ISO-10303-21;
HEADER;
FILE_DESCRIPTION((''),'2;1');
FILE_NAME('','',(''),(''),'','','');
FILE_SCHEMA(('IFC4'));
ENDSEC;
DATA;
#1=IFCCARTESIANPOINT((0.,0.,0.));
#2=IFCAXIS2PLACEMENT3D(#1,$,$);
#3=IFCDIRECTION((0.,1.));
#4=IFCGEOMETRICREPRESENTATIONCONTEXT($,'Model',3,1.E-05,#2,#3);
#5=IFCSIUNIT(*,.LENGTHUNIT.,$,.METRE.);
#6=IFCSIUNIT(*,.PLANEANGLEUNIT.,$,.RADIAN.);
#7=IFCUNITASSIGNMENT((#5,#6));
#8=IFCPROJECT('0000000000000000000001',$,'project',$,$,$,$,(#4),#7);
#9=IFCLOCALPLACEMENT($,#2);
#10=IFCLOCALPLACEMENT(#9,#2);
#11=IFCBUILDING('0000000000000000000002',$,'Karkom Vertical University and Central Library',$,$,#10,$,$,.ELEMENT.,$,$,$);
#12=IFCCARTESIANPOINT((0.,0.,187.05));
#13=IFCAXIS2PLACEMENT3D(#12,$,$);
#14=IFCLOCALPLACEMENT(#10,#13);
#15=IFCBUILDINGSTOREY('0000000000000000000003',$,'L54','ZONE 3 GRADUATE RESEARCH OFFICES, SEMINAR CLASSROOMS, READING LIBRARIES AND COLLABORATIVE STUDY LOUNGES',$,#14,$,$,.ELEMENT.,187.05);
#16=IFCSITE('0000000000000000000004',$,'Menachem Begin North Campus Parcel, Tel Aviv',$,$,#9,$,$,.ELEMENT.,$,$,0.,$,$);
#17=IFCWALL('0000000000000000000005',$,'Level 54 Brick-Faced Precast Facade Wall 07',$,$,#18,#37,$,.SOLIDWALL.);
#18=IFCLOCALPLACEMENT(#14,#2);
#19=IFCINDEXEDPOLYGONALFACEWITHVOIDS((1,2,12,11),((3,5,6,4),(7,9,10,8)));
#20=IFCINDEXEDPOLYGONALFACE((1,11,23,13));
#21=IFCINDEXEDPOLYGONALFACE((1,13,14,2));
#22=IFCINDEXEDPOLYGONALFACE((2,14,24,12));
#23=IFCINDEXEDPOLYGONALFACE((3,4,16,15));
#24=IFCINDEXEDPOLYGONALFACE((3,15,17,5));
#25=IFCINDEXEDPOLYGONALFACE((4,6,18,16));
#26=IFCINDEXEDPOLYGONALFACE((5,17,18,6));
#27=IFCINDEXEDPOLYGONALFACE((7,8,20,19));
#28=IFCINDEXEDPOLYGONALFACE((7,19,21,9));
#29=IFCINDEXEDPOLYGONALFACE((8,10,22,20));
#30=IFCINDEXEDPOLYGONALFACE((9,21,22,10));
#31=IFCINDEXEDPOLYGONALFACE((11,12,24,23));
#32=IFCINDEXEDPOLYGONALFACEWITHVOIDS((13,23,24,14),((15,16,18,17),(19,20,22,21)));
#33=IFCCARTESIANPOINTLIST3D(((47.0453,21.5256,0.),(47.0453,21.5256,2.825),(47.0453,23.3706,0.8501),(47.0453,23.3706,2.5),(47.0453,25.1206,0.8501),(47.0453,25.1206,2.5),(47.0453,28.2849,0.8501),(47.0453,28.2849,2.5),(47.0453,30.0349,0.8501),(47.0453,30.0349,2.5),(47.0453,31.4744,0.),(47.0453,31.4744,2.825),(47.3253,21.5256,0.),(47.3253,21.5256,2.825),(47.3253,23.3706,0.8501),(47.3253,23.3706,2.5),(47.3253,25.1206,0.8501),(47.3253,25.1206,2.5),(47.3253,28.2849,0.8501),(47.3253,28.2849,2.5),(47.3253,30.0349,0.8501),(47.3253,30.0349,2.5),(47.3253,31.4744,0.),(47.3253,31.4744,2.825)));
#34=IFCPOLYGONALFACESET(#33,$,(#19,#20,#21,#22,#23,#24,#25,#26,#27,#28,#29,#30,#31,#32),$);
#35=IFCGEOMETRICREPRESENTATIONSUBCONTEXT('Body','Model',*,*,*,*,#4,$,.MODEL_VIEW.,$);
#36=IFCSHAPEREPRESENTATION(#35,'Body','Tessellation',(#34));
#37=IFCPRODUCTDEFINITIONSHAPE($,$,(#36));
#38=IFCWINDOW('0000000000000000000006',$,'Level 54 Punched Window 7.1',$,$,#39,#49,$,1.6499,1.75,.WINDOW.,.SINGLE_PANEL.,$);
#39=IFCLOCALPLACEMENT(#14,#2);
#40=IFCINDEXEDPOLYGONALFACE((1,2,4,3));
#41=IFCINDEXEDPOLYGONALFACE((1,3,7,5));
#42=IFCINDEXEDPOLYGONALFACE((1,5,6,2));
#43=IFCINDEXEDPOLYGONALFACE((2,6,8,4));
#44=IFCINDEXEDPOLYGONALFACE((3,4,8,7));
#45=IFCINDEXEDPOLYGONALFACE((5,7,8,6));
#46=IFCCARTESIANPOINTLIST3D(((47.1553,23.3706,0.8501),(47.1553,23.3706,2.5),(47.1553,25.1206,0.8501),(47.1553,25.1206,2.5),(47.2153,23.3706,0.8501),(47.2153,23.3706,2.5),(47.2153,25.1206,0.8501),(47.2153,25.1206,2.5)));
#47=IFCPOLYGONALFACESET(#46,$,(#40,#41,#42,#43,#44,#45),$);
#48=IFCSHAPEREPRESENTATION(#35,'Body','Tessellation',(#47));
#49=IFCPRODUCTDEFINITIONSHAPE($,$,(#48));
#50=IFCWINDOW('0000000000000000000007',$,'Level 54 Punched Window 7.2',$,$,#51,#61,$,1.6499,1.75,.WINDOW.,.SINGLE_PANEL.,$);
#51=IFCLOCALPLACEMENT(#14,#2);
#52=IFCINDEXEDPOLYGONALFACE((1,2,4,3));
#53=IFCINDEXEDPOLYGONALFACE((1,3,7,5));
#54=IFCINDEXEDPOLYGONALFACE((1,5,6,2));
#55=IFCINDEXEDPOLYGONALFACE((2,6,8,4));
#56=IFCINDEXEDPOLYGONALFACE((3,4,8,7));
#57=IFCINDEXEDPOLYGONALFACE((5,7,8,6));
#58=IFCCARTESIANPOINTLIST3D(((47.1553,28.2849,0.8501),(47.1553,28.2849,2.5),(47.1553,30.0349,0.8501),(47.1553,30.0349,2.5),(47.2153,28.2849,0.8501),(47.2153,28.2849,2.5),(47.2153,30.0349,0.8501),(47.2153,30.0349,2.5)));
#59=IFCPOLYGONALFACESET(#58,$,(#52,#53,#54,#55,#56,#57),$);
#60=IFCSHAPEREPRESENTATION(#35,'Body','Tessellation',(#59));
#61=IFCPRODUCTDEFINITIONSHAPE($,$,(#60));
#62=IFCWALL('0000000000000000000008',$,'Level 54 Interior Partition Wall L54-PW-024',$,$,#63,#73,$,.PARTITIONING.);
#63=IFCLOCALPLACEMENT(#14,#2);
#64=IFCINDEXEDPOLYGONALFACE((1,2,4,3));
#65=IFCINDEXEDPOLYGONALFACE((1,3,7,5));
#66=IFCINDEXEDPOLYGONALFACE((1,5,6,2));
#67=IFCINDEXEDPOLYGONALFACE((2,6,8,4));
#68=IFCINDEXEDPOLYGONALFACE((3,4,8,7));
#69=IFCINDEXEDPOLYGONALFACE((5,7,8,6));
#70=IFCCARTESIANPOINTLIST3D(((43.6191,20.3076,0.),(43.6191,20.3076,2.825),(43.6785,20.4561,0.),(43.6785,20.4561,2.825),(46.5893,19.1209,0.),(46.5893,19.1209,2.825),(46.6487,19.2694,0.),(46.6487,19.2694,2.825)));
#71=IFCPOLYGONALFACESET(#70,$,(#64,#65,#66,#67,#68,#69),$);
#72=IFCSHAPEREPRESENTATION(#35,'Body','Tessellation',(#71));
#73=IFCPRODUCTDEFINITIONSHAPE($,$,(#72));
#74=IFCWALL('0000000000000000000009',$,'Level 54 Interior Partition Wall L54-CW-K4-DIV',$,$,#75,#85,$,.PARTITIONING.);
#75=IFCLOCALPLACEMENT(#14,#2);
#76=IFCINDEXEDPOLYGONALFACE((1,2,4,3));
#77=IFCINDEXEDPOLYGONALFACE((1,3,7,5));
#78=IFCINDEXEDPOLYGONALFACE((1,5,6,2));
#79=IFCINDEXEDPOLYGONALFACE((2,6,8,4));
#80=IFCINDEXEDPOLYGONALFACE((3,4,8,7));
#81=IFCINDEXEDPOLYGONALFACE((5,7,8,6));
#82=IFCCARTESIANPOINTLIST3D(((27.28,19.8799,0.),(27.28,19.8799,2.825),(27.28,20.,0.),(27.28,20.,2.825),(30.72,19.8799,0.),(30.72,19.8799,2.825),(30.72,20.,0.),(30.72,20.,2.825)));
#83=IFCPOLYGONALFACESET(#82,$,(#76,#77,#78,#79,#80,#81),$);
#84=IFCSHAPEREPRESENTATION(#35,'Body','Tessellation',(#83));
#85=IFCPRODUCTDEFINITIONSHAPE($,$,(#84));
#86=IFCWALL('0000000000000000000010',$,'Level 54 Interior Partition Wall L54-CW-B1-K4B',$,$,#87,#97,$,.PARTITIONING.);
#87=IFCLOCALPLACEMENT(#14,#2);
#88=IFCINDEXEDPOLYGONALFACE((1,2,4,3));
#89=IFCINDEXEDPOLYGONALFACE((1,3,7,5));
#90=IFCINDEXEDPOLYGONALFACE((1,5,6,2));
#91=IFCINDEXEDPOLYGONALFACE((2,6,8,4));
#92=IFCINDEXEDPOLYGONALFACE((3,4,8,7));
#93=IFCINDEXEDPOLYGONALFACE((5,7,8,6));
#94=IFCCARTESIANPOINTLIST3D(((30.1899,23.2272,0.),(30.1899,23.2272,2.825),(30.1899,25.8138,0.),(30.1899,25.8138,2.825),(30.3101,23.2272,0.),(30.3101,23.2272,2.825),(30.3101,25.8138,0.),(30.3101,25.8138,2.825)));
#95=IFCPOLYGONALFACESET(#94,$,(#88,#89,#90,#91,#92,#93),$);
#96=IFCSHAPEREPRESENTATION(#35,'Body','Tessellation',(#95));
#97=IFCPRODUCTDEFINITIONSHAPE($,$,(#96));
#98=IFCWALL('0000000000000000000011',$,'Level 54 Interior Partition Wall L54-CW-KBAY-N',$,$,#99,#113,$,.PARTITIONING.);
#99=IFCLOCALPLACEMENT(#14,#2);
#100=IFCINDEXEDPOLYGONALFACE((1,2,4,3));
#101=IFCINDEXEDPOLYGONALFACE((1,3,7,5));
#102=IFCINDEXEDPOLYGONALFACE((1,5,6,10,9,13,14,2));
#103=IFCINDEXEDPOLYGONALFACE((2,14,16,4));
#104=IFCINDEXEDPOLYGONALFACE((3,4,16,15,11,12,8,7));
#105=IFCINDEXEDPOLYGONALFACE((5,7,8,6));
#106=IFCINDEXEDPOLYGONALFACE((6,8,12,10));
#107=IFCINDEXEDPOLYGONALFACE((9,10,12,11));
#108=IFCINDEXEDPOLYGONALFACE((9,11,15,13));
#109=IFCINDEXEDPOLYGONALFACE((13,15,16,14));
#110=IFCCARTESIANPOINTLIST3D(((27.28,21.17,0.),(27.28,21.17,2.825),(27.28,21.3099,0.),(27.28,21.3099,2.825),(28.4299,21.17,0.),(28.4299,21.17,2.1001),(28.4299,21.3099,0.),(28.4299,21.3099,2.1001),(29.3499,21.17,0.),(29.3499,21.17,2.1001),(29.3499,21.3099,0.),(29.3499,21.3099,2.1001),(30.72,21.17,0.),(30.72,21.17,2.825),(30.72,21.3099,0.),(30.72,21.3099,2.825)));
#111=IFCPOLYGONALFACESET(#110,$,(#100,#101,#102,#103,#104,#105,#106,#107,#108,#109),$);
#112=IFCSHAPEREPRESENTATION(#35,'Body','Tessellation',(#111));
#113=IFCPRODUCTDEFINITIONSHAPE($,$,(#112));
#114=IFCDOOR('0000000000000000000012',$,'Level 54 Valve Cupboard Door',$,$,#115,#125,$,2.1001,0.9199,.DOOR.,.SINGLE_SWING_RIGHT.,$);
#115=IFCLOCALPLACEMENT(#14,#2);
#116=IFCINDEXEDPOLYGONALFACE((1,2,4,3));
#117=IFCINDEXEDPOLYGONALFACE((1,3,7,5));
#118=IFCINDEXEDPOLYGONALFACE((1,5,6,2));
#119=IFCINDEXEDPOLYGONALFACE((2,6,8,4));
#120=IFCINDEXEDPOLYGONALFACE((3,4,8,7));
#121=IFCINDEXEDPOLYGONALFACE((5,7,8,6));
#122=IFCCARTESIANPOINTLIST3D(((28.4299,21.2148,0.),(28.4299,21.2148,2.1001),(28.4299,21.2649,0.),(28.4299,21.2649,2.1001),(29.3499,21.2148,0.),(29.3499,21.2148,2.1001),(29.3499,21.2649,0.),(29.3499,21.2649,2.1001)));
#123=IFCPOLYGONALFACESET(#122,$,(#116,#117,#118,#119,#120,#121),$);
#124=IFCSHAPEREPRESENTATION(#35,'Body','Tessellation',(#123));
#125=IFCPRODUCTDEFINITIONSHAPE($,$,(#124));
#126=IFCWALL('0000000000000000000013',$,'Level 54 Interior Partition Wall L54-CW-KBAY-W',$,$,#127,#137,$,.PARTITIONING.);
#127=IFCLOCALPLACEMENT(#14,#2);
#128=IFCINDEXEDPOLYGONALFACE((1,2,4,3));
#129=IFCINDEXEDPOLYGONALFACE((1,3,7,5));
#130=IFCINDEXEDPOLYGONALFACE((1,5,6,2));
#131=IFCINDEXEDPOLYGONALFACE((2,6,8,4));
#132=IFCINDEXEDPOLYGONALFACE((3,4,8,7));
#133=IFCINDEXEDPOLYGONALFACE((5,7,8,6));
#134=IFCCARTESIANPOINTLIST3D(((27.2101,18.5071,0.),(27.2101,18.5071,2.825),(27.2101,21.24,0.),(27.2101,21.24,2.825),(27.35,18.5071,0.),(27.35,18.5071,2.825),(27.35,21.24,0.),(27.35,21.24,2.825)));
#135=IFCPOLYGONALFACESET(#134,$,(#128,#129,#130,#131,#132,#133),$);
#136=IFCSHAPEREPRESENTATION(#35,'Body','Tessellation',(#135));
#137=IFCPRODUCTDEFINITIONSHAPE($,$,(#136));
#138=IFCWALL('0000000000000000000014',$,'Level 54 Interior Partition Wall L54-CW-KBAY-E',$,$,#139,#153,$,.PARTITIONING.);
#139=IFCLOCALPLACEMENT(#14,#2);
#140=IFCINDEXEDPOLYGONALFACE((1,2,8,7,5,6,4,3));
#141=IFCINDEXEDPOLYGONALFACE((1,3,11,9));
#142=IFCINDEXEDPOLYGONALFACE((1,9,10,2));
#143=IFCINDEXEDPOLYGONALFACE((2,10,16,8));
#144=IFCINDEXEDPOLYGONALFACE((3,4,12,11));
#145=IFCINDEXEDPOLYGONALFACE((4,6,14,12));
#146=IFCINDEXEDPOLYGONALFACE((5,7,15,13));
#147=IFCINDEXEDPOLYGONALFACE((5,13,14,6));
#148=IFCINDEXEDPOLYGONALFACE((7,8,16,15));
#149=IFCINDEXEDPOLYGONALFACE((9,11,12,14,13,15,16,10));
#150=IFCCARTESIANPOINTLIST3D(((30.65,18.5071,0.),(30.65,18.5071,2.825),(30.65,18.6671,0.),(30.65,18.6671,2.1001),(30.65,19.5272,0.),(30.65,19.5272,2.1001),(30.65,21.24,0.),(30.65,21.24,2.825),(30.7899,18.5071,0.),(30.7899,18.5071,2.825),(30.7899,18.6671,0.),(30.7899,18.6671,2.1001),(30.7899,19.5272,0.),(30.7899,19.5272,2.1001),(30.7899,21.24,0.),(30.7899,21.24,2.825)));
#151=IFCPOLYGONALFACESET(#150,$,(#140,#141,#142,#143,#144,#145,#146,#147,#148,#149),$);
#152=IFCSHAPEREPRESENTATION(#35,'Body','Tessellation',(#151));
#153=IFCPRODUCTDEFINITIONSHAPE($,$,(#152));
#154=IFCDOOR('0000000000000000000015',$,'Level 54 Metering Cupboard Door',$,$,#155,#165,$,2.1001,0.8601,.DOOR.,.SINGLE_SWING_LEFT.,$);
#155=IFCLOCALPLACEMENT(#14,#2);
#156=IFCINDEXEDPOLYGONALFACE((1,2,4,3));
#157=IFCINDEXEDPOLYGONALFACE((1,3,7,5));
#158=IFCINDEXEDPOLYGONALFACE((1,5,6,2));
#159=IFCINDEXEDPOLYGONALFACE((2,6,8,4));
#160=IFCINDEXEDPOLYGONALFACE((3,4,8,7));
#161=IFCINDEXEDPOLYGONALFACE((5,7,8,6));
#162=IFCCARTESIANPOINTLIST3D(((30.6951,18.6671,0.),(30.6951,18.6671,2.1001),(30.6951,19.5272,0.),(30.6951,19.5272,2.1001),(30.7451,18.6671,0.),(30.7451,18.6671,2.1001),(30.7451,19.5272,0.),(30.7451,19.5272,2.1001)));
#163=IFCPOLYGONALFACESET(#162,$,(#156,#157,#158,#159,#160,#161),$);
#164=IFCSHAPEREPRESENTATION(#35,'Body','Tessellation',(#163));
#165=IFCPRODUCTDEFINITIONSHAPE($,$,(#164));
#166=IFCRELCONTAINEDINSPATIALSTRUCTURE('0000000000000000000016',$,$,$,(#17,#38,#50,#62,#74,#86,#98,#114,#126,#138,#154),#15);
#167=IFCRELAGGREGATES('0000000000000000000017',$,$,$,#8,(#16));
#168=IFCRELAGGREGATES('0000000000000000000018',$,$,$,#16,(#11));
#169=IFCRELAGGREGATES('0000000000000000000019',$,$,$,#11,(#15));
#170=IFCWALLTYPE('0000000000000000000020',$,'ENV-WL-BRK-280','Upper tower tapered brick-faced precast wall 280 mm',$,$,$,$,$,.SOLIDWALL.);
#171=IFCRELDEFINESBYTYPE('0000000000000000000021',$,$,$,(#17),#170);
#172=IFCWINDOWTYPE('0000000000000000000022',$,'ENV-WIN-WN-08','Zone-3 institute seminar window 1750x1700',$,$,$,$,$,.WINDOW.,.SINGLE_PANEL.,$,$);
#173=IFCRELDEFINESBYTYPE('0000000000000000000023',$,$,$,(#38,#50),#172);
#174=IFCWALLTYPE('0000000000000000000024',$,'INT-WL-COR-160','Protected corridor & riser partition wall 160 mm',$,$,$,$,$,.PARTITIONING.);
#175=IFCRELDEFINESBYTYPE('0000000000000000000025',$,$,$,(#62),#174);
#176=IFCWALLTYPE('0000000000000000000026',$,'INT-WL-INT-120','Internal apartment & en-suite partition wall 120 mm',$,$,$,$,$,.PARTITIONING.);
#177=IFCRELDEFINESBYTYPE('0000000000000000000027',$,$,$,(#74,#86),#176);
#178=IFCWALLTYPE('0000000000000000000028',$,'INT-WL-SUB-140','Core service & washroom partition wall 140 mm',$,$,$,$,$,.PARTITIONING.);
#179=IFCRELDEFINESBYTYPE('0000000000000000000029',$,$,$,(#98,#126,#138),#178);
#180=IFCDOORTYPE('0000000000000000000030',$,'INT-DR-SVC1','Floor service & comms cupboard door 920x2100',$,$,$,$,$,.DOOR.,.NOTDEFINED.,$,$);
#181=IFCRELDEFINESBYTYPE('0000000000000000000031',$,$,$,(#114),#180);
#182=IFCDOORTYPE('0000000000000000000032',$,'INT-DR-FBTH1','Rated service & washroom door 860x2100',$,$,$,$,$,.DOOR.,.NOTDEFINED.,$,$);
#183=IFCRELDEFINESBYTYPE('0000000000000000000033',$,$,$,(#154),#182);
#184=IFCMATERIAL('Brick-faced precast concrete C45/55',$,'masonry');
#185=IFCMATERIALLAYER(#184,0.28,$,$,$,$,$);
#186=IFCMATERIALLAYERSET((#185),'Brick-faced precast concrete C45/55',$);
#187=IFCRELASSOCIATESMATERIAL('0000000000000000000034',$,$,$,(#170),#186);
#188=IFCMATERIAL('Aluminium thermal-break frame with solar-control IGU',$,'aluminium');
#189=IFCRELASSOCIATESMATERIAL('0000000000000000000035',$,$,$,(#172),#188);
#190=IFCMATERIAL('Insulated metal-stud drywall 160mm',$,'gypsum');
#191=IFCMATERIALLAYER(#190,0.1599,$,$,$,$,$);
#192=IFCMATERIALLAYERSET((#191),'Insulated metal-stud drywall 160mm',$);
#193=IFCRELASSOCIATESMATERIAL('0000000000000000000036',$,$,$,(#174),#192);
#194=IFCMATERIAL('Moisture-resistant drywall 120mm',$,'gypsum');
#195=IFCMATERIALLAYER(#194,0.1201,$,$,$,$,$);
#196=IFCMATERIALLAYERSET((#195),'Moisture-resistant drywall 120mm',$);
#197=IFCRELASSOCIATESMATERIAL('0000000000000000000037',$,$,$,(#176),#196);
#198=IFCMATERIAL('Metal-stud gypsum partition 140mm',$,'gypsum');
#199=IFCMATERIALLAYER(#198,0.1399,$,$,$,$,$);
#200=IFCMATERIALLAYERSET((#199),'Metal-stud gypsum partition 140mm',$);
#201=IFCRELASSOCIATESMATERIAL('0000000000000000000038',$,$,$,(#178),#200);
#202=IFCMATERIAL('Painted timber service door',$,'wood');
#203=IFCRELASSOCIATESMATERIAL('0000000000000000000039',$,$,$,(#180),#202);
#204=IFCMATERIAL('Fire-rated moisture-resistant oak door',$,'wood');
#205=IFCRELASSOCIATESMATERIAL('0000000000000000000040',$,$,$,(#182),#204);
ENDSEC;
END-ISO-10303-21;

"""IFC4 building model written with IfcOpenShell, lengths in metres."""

from ifc_helpers import new_model, si_unit, direction, frame, frame_2d, origin, origin_with_axes, place, context, subcontext, project, spatial, rectangle, extrude, source, transform, mapped, material, layer, layer_set, type_object, element, fill, save


model = new_model("IFC4")

# Units and contexts
model_context = context("Model", 3, precision=1e-05, world=origin(), true_north=direction((0.0, 1.0)))
body_context = subcontext(model_context, "Body", "Model", "MODEL_VIEW")
ifc_project = project(units=[si_unit("LENGTHUNIT", "METRE"), si_unit("PLANEANGLEUNIT", "RADIAN")], contexts=[model_context])

# Site, building, storey
site_placement = place(None, origin())
site = spatial("IfcSite", under=ifc_project, at=site_placement, Name="Menachem Begin North Campus Parcel, Tel Aviv", CompositionType="ELEMENT", RefElevation=0.0)
building_placement = place(site_placement, origin())
building = spatial("IfcBuilding", under=site, at=building_placement, Name="Karkom Vertical University and Central Library", CompositionType="ELEMENT")
storey_placement = place(building_placement, frame((0.0, 0.0, 187.05)))
storey = spatial("IfcBuildingStorey", under=building, at=storey_placement, Name="L54", Description="ZONE 3 GRADUATE RESEARCH OFFICES, SEMINAR CLASSROOMS, READING LIBRARIES AND COLLABORATIVE STUDY LOUNGES", CompositionType="ELEMENT", Elevation=187.05)

# Wall, openings, windows
ifc_material_1 = material(Name="Brick-faced precast concrete C45/55", Category="masonry")
ifc_layer_1 = layer(ifc_material_1, 0.28)
ifc_layer_set_1 = layer_set([ifc_layer_1], Name="Brick-faced precast concrete C45/55")
wall_type_1 = type_object("IfcWallType", Name="ENV-WL-BRK-280", Description="Upper tower tapered brick-faced precast wall 280 mm", PredefinedType="SOLIDWALL", material=ifc_layer_set_1)
wall_1_placement = place(storey_placement, frame((47.1853, 21.5256, 0.0), z_axis=(0.0, 0.0, 1.0), x_axis=(0.0, 1.0, 0.0)))
wall_1 = element("IfcWall", 1, at=wall_1_placement, inside=storey, type_object=wall_type_1, Name="Level 54 Brick-Faced Precast Facade Wall 07", PredefinedType="SOLIDWALL", context=body_context, shape_type="SweptSolid", body=[
    extrude(rectangle(XDim=9.9487, YDim=0.28, at=frame_2d((4.9744, 0.0))), origin(), (0.0, 0.0, 1.0), 2.825),
])
opening_1_placement = place(wall_1_placement, frame((1.845, 0.0, 0.8501)))
opening_1 = element("IfcOpeningElement", 2, at=opening_1_placement, cuts=wall_1, PredefinedType="OPENING", context=body_context, shape_type="SweptSolid", body=[
    extrude(rectangle(XDim=1.75, YDim=1.6499, at=frame_2d((0.875, 0.825))), frame((0.0, 0.1499, 0.0), z_axis=(0.0, -1.0, 0.0), x_axis=(1.0, 0.0, 0.0)), (0.0, 0.0, 1.0), 0.3),
])
opening_2_placement = place(wall_1_placement, frame((6.7593, 0.0, 0.8501)))
opening_2 = element("IfcOpeningElement", 3, at=opening_2_placement, cuts=wall_1, PredefinedType="OPENING", context=body_context, shape_type="SweptSolid", body=[
    extrude(rectangle(XDim=1.75, YDim=1.6499, at=frame_2d((0.875, 0.825))), frame((0.0, 0.1499, 0.0), z_axis=(0.0, -1.0, 0.0), x_axis=(1.0, 0.0, 0.0)), (0.0, 0.0, 1.0), 0.3),
])
ifc_material_2 = material(Name="Aluminium thermal-break frame with solar-control IGU", Category="aluminium")
window_type = type_object("IfcWindowType", Name="ENV-WIN-WN-08", Description="Zone-3 institute seminar window 1750x1700", PartitioningType="SINGLE_PANEL", PredefinedType="WINDOW", material=ifc_material_2)
shared_shape_1 = source(origin_with_axes(), body_context, "Body", "SweptSolid", [
    extrude(rectangle(XDim=1.75, YDim=1.6499, at=frame_2d((0.875, 0.825))), frame((0.0, 0.03, 0.0), z_axis=(0.0, -1.0, 0.0), x_axis=(1.0, 0.0, 0.0)), (0.0, 0.0, 1.0), 0.0601),
])
window_1_placement = place(opening_1_placement, origin())
window_1 = element("IfcWindow", 4, at=window_1_placement, inside=storey, type_object=window_type, Name="Level 54 Punched Window 7.1", OverallHeight=1.6499, OverallWidth=1.75, PartitioningType="SINGLE_PANEL", PredefinedType="WINDOW", context=body_context, shape_type="MappedRepresentation", body=[
    mapped(shared_shape_1, transform((0.0, 0.0, 0.0), scale=1.0)),
])
fill(opening_1, window_1)
window_2_placement = place(opening_2_placement, origin())
window_2 = element("IfcWindow", 5, at=window_2_placement, inside=storey, type_object=window_type, Name="Level 54 Punched Window 7.2", OverallHeight=1.6499, OverallWidth=1.75, PartitioningType="SINGLE_PANEL", PredefinedType="WINDOW", context=body_context, shape_type="MappedRepresentation", body=[
    mapped(shared_shape_1, transform((0.0, 0.0, 0.0), scale=1.0)),
])
fill(opening_2, window_2)

# Walls
ifc_material_3 = material(Name="Insulated metal-stud drywall 160mm", Category="gypsum")
ifc_layer_2 = layer(ifc_material_3, 0.1599)
ifc_layer_set_2 = layer_set([ifc_layer_2], Name="Insulated metal-stud drywall 160mm")
wall_type_2 = type_object("IfcWallType", Name="INT-WL-COR-160", Description="Protected corridor & riser partition wall 160 mm", PredefinedType="PARTITIONING", material=ifc_layer_set_2)
wall_2_placement = place(storey_placement, frame((43.6489, 20.3818, 0.0), z_axis=(0.0, 0.0, 1.0), x_axis=(0.928619, -0.371035, 0.0)))
element("IfcWall", 6, at=wall_2_placement, inside=storey, type_object=wall_type_2, Name="Level 54 Interior Partition Wall L54-PW-024", PredefinedType="PARTITIONING", context=body_context, shape_type="SweptSolid", body=[
    extrude(rectangle(XDim=3.1985, YDim=0.1599, at=frame_2d((1.5991, 0.0))), origin(), (0.0, 0.0, 1.0), 2.825),
])
ifc_material_4 = material(Name="Moisture-resistant drywall 120mm", Category="gypsum")
ifc_layer_3 = layer(ifc_material_4, 0.1201)
ifc_layer_set_3 = layer_set([ifc_layer_3], Name="Moisture-resistant drywall 120mm")
wall_type_3 = type_object("IfcWallType", Name="INT-WL-INT-120", Description="Internal apartment & en-suite partition wall 120 mm", PredefinedType="PARTITIONING", material=ifc_layer_set_3)
wall_3_placement = place(storey_placement, frame((27.28, 19.9399, 0.0), z_axis=(0.0, 0.0, 1.0), x_axis=(1.0, 0.0, 0.0)))
element("IfcWall", 7, at=wall_3_placement, inside=storey, type_object=wall_type_3, Name="Level 54 Interior Partition Wall L54-CW-K4-DIV", PredefinedType="PARTITIONING", context=body_context, shape_type="SweptSolid", body=[
    extrude(rectangle(XDim=3.4399, YDim=0.1201, at=frame_2d((1.72, 0.0))), origin(), (0.0, 0.0, 1.0), 2.825),
])
wall_4_placement = place(storey_placement, frame((30.25, 23.2271, 0.0), z_axis=(0.0, 0.0, 1.0), x_axis=(0.0, 1.0, 0.0)))
element("IfcWall", 8, at=wall_4_placement, inside=storey, type_object=wall_type_3, Name="Level 54 Interior Partition Wall L54-CW-B1-K4B", PredefinedType="PARTITIONING", context=body_context, shape_type="SweptSolid", body=[
    extrude(rectangle(XDim=2.5867, YDim=0.1201, at=frame_2d((1.2935, 0.0))), origin(), (0.0, 0.0, 1.0), 2.825),
])

# Wall, opening, door
ifc_material_5 = material(Name="Metal-stud gypsum partition 140mm", Category="gypsum")
ifc_layer_4 = layer(ifc_material_5, 0.1399)
ifc_layer_set_4 = layer_set([ifc_layer_4], Name="Metal-stud gypsum partition 140mm")
wall_type_4 = type_object("IfcWallType", Name="INT-WL-SUB-140", Description="Core service & washroom partition wall 140 mm", PredefinedType="PARTITIONING", material=ifc_layer_set_4)
wall_5_placement = place(storey_placement, frame((27.28, 21.24, 0.0), z_axis=(0.0, 0.0, 1.0), x_axis=(1.0, 0.0, 0.0)))
wall_5 = element("IfcWall", 9, at=wall_5_placement, inside=storey, type_object=wall_type_4, Name="Level 54 Interior Partition Wall L54-CW-KBAY-N", PredefinedType="PARTITIONING", context=body_context, shape_type="SweptSolid", body=[
    extrude(rectangle(XDim=3.4399, YDim=0.1399, at=frame_2d((1.72, 0.0))), origin(), (0.0, 0.0, 1.0), 2.825),
])
opening_3_placement = place(wall_5_placement, frame((1.1499, 0.0, 0.0)))
opening_3 = element("IfcOpeningElement", 10, at=opening_3_placement, cuts=wall_5, PredefinedType="OPENING", context=body_context, shape_type="SweptSolid", body=[
    extrude(rectangle(XDim=0.9199, YDim=2.1001, at=frame_2d((0.46, 1.05))), frame((0.0, 0.0801, 0.0), z_axis=(0.0, -1.0, 0.0), x_axis=(1.0, 0.0, 0.0)), (0.0, 0.0, 1.0), 0.1599),
])
ifc_material_6 = material(Name="Painted timber service door", Category="wood")
door_type_1 = type_object("IfcDoorType", Name="INT-DR-SVC1", Description="Floor service & comms cupboard door 920x2100", OperationType="NOTDEFINED", PredefinedType="DOOR", material=ifc_material_6)
shared_shape_2 = source(origin_with_axes(), body_context, "Body", "SweptSolid", [
    extrude(rectangle(XDim=0.9199, YDim=2.1001, at=frame_2d((0.46, 1.05))), frame((0.0, 0.0249, 0.0), z_axis=(0.0, -1.0, 0.0), x_axis=(1.0, 0.0, 0.0)), (0.0, 0.0, 1.0), 0.05),
])
door_1_placement = place(opening_3_placement, origin())
door_1 = element("IfcDoor", 11, at=door_1_placement, inside=storey, type_object=door_type_1, Name="Level 54 Valve Cupboard Door", OperationType="SINGLE_SWING_RIGHT", OverallHeight=2.1001, OverallWidth=0.9199, PredefinedType="DOOR", context=body_context, shape_type="MappedRepresentation", body=[
    mapped(shared_shape_2, transform((0.0, 0.0, 0.0), scale=1.0)),
])
fill(opening_3, door_1)

# Wall
wall_6_placement = place(storey_placement, frame((27.28, 18.5071, 0.0), z_axis=(0.0, 0.0, 1.0), x_axis=(0.0, 1.0, 0.0)))
element("IfcWall", 12, at=wall_6_placement, inside=storey, type_object=wall_type_4, Name="Level 54 Interior Partition Wall L54-CW-KBAY-W", PredefinedType="PARTITIONING", context=body_context, shape_type="SweptSolid", body=[
    extrude(rectangle(XDim=2.7329, YDim=0.1399, at=frame_2d((1.3665, 0.0))), origin(), (0.0, 0.0, 1.0), 2.825),
])

# Wall, opening, door
wall_7_placement = place(storey_placement, frame((30.72, 18.5071, 0.0), z_axis=(0.0, 0.0, 1.0), x_axis=(0.0, 1.0, 0.0)))
wall_7 = element("IfcWall", 13, at=wall_7_placement, inside=storey, type_object=wall_type_4, Name="Level 54 Interior Partition Wall L54-CW-KBAY-E", PredefinedType="PARTITIONING", context=body_context, shape_type="SweptSolid", body=[
    extrude(rectangle(XDim=2.7329, YDim=0.1399, at=frame_2d((1.3665, 0.0))), origin(), (0.0, 0.0, 1.0), 2.825),
])
opening_4_placement = place(wall_7_placement, frame((0.1599, 0.0, 0.0)))
opening_4 = element("IfcOpeningElement", 14, at=opening_4_placement, cuts=wall_7, PredefinedType="OPENING", context=body_context, shape_type="SweptSolid", body=[
    extrude(rectangle(XDim=0.8601, YDim=2.1001, at=frame_2d((0.4302, 1.05))), frame((0.0, 0.0801, 0.0), z_axis=(0.0, -1.0, 0.0), x_axis=(1.0, 0.0, 0.0)), (0.0, 0.0, 1.0), 0.1599),
])
ifc_material_7 = material(Name="Fire-rated moisture-resistant oak door", Category="wood")
door_type_2 = type_object("IfcDoorType", Name="INT-DR-FBTH1", Description="Rated service & washroom door 860x2100", OperationType="NOTDEFINED", PredefinedType="DOOR", material=ifc_material_7)
shared_shape_3 = source(origin_with_axes(), body_context, "Body", "SweptSolid", [
    extrude(rectangle(XDim=0.8601, YDim=2.1001, at=frame_2d((0.4302, 1.05))), frame((0.0, 0.0249, 0.0), z_axis=(0.0, -1.0, 0.0), x_axis=(1.0, 0.0, 0.0)), (0.0, 0.0, 1.0), 0.05),
])
door_2_placement = place(opening_4_placement, origin())
door_2 = element("IfcDoor", 15, at=door_2_placement, inside=storey, type_object=door_type_2, Name="Level 54 Metering Cupboard Door", OperationType="SINGLE_SWING_LEFT", OverallHeight=2.1001, OverallWidth=0.8601, PredefinedType="DOOR", context=body_context, shape_type="MappedRepresentation", body=[
    mapped(shared_shape_3, transform((0.0, 0.0, 0.0), scale=1.0)),
])
fill(opening_4, door_2)

save(model, "model.ifc")
